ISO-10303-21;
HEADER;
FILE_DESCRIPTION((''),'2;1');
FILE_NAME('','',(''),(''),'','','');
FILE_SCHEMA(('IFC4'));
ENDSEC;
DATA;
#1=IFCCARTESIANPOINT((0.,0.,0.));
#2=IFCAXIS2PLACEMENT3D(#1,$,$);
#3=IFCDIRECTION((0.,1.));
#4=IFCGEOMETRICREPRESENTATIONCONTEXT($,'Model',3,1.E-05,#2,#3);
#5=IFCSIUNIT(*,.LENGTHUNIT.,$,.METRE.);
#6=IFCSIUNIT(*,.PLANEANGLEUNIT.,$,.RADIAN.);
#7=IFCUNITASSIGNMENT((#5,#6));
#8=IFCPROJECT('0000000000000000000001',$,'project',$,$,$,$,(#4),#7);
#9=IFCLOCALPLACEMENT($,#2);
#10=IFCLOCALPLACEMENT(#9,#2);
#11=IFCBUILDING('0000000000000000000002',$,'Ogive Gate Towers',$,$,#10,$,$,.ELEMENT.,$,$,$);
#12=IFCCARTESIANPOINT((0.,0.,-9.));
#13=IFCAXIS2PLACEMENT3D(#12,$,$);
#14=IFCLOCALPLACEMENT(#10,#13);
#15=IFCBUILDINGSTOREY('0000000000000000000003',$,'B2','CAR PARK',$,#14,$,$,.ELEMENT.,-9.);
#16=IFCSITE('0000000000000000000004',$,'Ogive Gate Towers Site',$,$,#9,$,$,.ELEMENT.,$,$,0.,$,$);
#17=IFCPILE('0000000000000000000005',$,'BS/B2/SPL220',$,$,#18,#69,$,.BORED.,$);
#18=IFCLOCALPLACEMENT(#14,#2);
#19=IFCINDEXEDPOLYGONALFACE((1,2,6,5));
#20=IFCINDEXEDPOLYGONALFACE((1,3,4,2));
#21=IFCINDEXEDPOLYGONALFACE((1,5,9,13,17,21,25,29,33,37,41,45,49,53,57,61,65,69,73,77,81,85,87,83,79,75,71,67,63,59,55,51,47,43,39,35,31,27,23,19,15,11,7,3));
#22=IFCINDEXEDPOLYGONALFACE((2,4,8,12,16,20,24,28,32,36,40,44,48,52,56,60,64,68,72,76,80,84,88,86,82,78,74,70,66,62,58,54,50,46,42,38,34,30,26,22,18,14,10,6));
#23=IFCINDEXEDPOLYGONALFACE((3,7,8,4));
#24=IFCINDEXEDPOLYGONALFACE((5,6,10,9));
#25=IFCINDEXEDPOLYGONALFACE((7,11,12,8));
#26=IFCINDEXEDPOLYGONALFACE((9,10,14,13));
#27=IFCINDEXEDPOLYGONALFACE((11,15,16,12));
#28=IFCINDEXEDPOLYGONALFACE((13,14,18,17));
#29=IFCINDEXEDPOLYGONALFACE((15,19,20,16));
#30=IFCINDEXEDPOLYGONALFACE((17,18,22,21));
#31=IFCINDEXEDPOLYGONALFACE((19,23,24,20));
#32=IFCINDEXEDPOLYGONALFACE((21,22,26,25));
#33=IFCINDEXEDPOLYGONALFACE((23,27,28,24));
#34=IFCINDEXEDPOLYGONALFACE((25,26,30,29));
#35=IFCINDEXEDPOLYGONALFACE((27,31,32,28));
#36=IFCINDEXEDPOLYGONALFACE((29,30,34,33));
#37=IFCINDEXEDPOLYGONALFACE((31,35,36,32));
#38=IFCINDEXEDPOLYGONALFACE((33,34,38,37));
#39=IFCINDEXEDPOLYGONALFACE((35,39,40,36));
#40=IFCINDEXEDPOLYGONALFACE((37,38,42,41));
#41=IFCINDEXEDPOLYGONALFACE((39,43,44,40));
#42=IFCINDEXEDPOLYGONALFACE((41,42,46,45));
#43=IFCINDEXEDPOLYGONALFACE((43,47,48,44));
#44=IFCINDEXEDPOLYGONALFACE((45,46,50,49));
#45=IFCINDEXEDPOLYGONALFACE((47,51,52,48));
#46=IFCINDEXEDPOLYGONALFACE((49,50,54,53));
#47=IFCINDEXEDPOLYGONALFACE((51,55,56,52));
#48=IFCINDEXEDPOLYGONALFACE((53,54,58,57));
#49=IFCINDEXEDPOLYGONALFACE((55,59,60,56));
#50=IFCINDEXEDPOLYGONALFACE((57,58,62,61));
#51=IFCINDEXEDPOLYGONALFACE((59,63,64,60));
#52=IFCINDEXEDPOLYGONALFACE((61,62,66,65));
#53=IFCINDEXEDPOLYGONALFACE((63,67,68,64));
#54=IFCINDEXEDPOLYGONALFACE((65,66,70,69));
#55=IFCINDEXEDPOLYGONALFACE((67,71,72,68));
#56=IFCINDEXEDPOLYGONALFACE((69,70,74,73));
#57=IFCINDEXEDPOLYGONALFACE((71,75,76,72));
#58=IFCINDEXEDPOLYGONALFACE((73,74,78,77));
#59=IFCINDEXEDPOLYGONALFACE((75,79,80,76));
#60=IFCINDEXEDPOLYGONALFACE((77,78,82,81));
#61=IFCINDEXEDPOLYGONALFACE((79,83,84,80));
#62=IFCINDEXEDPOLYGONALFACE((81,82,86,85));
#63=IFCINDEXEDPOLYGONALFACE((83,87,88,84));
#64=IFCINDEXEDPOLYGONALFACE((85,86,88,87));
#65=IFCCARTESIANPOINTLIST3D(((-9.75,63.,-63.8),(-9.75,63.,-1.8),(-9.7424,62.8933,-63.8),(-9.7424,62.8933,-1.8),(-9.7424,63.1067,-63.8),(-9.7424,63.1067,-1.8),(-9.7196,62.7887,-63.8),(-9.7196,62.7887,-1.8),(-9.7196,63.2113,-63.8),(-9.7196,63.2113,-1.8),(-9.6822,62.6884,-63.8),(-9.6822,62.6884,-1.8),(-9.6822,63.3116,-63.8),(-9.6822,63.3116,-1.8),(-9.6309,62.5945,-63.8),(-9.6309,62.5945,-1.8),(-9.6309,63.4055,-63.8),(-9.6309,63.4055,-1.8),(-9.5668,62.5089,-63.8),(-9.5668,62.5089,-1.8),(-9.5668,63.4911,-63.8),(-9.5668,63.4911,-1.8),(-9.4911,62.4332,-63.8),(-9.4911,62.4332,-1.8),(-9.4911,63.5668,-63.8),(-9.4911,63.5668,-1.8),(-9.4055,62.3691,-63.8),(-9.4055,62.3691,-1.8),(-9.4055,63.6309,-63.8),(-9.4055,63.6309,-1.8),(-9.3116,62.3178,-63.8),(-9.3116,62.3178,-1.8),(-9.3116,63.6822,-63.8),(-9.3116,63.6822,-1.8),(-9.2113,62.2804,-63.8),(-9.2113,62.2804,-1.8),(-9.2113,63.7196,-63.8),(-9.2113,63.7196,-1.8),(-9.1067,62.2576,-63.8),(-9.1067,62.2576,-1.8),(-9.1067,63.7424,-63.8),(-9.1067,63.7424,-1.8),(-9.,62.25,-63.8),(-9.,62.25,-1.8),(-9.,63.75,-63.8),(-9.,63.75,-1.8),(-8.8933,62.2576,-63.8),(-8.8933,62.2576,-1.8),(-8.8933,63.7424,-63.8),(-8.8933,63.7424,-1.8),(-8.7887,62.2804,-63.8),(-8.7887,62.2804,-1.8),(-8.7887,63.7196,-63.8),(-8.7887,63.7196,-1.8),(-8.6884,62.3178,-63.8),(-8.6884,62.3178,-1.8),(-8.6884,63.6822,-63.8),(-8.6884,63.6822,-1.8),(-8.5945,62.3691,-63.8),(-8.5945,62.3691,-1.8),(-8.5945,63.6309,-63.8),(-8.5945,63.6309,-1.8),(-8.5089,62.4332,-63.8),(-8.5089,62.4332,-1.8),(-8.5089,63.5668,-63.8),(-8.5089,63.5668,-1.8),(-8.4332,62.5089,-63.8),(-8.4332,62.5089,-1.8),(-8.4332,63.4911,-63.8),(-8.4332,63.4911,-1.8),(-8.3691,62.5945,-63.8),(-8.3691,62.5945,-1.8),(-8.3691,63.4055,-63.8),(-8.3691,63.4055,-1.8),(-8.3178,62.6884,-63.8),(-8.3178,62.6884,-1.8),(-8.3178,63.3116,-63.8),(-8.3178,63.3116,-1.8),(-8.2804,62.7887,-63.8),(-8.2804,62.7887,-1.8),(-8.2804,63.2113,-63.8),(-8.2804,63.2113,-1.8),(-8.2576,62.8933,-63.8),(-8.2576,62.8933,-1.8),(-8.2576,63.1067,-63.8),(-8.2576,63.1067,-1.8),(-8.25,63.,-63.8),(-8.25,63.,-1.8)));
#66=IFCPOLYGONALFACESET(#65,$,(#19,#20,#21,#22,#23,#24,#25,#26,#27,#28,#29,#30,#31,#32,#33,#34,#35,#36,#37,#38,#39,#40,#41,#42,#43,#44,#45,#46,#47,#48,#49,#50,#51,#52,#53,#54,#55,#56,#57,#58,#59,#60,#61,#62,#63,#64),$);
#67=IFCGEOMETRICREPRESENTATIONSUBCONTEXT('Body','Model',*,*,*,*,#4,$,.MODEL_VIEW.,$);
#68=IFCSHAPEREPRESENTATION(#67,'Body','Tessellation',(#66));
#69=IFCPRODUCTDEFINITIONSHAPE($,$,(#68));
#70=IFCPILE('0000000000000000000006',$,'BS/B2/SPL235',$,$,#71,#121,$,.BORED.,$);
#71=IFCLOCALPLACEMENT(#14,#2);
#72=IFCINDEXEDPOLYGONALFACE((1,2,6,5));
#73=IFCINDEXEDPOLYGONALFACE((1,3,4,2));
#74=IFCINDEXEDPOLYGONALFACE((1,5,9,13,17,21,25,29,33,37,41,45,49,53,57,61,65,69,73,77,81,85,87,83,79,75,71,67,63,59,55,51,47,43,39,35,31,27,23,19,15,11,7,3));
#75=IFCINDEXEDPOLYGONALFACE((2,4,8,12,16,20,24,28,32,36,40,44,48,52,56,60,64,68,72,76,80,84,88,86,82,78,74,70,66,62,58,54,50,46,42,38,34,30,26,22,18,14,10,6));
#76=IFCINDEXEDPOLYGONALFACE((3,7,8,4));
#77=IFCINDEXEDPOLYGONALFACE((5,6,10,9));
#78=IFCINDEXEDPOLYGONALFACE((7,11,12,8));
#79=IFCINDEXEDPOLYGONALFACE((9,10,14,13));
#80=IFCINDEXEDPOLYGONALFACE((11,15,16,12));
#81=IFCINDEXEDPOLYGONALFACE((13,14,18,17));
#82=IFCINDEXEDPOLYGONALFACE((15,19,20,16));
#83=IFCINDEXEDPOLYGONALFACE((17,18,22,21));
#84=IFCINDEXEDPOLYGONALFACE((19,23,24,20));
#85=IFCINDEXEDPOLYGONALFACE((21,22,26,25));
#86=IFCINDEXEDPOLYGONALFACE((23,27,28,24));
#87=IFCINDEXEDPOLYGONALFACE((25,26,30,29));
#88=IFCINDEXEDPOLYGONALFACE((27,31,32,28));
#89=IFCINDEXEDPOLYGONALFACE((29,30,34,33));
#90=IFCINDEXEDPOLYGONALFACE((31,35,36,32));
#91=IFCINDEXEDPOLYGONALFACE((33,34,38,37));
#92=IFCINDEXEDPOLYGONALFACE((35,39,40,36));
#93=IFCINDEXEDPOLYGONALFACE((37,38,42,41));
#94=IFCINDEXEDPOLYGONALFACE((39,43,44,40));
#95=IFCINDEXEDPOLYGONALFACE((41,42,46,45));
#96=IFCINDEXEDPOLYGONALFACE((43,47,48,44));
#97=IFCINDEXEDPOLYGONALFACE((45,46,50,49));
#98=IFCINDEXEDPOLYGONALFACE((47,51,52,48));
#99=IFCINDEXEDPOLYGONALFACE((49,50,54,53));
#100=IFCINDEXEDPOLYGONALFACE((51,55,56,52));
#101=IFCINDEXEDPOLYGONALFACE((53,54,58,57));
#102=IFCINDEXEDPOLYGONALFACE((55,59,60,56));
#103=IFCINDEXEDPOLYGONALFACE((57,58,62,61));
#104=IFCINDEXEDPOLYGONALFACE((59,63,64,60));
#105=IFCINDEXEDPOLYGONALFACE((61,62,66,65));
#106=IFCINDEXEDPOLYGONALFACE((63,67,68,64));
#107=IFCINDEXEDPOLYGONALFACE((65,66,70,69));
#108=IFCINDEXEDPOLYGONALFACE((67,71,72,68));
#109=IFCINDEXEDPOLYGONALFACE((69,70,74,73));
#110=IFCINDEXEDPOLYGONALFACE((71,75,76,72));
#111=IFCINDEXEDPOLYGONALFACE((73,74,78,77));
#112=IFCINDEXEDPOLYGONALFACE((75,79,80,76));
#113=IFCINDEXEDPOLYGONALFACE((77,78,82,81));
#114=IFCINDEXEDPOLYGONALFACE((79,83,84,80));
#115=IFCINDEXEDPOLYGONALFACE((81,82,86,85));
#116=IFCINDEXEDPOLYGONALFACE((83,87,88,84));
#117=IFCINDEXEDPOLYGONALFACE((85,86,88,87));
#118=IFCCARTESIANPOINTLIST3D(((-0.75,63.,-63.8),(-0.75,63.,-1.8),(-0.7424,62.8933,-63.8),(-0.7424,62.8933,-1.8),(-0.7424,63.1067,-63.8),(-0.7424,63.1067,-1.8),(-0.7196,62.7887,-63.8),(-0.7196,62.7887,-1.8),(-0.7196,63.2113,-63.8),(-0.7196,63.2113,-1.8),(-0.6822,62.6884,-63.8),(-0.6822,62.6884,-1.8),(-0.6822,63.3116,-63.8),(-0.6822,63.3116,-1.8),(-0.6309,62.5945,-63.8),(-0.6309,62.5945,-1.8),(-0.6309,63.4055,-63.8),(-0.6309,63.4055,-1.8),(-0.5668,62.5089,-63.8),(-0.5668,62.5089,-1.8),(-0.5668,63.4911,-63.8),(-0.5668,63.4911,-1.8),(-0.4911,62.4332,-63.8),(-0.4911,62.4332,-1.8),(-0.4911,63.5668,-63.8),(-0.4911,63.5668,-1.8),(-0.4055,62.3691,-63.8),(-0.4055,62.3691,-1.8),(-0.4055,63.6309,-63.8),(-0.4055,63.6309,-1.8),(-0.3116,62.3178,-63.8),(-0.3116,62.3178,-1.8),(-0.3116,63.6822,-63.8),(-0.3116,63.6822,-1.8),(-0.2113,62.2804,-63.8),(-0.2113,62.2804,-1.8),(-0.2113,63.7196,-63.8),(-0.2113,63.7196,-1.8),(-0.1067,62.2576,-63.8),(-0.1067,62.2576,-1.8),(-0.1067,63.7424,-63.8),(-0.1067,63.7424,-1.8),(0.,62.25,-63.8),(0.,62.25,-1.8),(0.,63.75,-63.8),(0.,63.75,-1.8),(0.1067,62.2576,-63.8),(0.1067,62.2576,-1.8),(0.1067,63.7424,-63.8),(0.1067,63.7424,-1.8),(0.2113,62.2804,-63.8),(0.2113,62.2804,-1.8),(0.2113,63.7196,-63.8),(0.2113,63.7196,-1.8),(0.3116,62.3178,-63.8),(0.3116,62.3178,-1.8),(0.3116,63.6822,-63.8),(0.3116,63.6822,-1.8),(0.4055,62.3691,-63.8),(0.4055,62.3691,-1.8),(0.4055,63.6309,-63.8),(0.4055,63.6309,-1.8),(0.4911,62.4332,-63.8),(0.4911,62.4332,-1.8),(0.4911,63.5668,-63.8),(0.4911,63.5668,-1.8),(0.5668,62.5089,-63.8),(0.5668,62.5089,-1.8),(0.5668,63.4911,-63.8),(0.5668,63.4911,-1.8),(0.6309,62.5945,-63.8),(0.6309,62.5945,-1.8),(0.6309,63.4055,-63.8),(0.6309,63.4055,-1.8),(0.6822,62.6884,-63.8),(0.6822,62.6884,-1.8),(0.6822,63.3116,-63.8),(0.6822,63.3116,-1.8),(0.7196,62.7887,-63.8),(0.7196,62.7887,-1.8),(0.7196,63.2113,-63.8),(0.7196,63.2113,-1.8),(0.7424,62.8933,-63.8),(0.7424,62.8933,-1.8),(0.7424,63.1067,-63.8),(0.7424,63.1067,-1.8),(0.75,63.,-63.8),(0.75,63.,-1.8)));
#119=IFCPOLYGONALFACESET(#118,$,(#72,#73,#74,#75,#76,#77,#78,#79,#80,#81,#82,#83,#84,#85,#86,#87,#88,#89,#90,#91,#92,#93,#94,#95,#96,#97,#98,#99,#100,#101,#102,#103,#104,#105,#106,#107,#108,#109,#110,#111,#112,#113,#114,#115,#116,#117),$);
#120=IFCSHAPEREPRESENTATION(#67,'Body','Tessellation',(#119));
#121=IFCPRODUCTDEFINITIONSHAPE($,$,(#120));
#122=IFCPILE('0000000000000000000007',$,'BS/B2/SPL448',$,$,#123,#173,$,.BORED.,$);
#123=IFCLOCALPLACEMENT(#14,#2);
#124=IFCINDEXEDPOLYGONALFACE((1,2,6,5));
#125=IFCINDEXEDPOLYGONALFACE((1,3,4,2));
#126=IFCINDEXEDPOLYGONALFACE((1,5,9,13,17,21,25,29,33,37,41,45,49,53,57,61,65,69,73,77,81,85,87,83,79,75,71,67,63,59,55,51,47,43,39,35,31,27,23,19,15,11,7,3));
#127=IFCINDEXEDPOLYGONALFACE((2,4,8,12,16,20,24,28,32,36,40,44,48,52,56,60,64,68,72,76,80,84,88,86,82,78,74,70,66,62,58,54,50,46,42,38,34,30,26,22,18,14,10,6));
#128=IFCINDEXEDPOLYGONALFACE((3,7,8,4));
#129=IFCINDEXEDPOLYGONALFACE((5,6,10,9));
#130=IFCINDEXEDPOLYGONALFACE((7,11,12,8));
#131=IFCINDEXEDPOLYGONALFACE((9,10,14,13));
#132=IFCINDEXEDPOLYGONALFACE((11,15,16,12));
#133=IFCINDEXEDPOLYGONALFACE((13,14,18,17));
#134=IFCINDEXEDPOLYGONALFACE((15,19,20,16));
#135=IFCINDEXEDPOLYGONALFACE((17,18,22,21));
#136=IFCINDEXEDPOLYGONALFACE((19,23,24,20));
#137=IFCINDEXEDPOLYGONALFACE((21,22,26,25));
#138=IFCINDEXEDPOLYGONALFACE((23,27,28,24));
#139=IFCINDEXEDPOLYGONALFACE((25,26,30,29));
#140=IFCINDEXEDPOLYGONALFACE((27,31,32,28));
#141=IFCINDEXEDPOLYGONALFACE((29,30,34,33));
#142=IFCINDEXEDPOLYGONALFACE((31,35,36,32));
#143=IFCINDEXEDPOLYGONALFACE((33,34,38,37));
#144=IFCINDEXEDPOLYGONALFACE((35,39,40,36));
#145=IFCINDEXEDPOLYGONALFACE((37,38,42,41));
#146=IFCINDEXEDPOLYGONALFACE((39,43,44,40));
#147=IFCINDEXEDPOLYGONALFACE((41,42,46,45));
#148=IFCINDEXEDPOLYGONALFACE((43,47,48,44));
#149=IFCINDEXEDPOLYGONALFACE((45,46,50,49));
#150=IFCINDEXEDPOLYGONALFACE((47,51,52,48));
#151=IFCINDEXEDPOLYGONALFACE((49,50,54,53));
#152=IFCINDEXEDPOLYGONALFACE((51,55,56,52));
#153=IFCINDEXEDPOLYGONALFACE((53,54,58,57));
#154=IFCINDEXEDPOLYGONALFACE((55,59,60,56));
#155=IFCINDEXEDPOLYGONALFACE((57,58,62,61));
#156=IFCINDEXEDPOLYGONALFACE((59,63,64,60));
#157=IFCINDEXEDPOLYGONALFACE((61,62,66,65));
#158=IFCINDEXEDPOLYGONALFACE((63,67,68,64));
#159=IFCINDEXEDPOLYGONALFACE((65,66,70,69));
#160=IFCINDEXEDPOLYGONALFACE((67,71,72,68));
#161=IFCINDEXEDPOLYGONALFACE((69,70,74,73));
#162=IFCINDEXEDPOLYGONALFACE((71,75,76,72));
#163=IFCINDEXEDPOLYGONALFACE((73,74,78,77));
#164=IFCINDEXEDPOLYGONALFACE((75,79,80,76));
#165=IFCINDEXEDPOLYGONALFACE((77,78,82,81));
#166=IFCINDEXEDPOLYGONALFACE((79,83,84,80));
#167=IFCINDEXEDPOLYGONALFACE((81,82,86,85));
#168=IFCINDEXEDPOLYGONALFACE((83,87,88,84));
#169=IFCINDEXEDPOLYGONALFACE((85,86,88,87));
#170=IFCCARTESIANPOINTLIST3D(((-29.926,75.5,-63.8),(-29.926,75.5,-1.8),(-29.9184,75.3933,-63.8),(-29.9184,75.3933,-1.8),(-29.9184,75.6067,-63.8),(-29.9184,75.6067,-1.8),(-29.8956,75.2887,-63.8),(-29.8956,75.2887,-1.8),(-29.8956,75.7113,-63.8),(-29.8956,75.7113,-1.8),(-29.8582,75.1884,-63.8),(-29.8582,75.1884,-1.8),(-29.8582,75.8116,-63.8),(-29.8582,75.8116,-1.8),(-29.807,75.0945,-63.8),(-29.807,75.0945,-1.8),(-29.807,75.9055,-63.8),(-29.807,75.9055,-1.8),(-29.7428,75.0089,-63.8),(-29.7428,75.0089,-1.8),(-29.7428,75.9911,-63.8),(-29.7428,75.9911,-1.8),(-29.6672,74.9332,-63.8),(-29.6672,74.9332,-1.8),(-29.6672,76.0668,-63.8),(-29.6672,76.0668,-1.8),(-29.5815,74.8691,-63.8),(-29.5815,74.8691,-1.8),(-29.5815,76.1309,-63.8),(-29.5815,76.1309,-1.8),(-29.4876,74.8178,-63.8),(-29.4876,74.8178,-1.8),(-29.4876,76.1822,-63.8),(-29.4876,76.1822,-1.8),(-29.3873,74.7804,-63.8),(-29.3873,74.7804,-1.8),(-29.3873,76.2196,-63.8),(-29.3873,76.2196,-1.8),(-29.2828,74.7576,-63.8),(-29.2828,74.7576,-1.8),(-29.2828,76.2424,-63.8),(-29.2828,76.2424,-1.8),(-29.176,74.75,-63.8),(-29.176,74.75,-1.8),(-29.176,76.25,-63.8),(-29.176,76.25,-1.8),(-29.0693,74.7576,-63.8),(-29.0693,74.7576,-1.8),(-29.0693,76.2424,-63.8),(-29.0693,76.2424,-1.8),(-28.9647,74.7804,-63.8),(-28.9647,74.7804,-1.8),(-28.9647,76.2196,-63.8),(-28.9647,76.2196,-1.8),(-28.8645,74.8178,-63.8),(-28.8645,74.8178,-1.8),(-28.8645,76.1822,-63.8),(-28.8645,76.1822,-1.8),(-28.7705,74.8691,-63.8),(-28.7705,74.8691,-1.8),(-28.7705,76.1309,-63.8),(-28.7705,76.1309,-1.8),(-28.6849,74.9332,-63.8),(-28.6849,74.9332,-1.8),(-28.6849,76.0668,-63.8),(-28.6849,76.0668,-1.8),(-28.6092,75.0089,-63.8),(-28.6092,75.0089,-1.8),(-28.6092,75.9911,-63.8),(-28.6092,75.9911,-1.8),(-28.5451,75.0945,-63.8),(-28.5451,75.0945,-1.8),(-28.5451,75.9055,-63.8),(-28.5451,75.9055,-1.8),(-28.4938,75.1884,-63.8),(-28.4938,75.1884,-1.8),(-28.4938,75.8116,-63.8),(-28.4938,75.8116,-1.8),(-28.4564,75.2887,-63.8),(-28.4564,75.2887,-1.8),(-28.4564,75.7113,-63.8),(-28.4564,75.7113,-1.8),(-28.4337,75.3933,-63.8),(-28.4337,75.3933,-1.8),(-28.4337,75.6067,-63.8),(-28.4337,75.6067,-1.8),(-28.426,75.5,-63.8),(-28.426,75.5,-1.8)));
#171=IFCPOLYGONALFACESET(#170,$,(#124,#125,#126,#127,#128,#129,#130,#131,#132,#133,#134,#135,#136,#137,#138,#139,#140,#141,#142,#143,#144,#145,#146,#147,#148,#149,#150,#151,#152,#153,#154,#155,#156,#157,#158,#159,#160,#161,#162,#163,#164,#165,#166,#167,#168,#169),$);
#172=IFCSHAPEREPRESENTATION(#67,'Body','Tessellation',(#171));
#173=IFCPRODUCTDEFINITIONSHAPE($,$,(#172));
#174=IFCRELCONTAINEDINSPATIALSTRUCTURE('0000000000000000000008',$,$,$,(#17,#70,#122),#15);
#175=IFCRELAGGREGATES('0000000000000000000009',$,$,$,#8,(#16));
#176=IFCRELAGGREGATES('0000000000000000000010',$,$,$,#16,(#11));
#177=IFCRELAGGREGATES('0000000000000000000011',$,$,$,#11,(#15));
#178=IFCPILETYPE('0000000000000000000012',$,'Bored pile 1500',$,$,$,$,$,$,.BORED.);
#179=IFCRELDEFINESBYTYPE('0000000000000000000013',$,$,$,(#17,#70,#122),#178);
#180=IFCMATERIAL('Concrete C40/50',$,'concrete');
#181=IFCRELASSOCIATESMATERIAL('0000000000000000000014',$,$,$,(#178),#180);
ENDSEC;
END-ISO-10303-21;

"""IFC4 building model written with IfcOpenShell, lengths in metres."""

from ifc_helpers import new_model, si_unit, direction, frame, origin, origin_2d, place, context, subcontext, project, spatial, circle, extrude, material, material_profile, profile_set, type_object, element, save


model = new_model("IFC4")

# Units and contexts
model_context = context("Model", 3, precision=1e-05, world=origin(), true_north=direction((0.0, 1.0)))
body_context = subcontext(model_context, "Body", "Model", "MODEL_VIEW")
ifc_project = project(units=[si_unit("LENGTHUNIT", "METRE"), si_unit("PLANEANGLEUNIT", "RADIAN")], contexts=[model_context])

# Site, building, storey
site_placement = place(None, origin())
site = spatial("IfcSite", under=ifc_project, at=site_placement, Name="Ogive Gate Towers Site", CompositionType="ELEMENT", RefElevation=0.0)
building_placement = place(site_placement, origin())
building = spatial("IfcBuilding", under=site, at=building_placement, Name="Ogive Gate Towers", CompositionType="ELEMENT")
storey_placement = place(building_placement, frame((0.0, 0.0, -9.0)))
storey = spatial("IfcBuildingStorey", under=building, at=storey_placement, Name="B2", Description="CAR PARK", CompositionType="ELEMENT", Elevation=-9.0)

# Piles
ifc_material_1 = material(Name="Concrete C40/50", Category="concrete")
ifc_material_profile_1 = material_profile(ifc_material_1, circle(Radius=0.75, at=origin_2d()), Name="BP 1500")
ifc_profile_set_1 = profile_set([ifc_material_profile_1], Name="Concrete C40/50")
pile_type = type_object("IfcPileType", Name="Bored pile 1500", PredefinedType="BORED", material=ifc_profile_set_1)
for number, where, z_axis, x_axis, name in (
    (1, (-9.0, 63.0, -1.8), (0.0, 0.0, -1.0), (1.0, 0.0, 0.0), "BS/B2/SPL220"),
    (2, (0.0, 63.0, -1.8), (0.0, 0.0, -1.0), (1.0, 0.0, 0.0), "BS/B2/SPL235"),
    (3, (-29.176, 75.5, -1.8), (0.0, 0.0, -1.0), (1.0, 0.0, 0.0), "BS/B2/SPL448"),
):
    element("IfcPile", number, at=place(storey_placement, frame(where, z_axis=z_axis, x_axis=x_axis)), inside=storey, type_object=pile_type, Name=name, PredefinedType="BORED", context=body_context, shape_type="SweptSolid", body=[
        extrude(circle(Radius=0.75, at=origin_2d()), origin(), (0.0, 0.0, 1.0), 62.0),
    ])

save(model, "model.ifc")
